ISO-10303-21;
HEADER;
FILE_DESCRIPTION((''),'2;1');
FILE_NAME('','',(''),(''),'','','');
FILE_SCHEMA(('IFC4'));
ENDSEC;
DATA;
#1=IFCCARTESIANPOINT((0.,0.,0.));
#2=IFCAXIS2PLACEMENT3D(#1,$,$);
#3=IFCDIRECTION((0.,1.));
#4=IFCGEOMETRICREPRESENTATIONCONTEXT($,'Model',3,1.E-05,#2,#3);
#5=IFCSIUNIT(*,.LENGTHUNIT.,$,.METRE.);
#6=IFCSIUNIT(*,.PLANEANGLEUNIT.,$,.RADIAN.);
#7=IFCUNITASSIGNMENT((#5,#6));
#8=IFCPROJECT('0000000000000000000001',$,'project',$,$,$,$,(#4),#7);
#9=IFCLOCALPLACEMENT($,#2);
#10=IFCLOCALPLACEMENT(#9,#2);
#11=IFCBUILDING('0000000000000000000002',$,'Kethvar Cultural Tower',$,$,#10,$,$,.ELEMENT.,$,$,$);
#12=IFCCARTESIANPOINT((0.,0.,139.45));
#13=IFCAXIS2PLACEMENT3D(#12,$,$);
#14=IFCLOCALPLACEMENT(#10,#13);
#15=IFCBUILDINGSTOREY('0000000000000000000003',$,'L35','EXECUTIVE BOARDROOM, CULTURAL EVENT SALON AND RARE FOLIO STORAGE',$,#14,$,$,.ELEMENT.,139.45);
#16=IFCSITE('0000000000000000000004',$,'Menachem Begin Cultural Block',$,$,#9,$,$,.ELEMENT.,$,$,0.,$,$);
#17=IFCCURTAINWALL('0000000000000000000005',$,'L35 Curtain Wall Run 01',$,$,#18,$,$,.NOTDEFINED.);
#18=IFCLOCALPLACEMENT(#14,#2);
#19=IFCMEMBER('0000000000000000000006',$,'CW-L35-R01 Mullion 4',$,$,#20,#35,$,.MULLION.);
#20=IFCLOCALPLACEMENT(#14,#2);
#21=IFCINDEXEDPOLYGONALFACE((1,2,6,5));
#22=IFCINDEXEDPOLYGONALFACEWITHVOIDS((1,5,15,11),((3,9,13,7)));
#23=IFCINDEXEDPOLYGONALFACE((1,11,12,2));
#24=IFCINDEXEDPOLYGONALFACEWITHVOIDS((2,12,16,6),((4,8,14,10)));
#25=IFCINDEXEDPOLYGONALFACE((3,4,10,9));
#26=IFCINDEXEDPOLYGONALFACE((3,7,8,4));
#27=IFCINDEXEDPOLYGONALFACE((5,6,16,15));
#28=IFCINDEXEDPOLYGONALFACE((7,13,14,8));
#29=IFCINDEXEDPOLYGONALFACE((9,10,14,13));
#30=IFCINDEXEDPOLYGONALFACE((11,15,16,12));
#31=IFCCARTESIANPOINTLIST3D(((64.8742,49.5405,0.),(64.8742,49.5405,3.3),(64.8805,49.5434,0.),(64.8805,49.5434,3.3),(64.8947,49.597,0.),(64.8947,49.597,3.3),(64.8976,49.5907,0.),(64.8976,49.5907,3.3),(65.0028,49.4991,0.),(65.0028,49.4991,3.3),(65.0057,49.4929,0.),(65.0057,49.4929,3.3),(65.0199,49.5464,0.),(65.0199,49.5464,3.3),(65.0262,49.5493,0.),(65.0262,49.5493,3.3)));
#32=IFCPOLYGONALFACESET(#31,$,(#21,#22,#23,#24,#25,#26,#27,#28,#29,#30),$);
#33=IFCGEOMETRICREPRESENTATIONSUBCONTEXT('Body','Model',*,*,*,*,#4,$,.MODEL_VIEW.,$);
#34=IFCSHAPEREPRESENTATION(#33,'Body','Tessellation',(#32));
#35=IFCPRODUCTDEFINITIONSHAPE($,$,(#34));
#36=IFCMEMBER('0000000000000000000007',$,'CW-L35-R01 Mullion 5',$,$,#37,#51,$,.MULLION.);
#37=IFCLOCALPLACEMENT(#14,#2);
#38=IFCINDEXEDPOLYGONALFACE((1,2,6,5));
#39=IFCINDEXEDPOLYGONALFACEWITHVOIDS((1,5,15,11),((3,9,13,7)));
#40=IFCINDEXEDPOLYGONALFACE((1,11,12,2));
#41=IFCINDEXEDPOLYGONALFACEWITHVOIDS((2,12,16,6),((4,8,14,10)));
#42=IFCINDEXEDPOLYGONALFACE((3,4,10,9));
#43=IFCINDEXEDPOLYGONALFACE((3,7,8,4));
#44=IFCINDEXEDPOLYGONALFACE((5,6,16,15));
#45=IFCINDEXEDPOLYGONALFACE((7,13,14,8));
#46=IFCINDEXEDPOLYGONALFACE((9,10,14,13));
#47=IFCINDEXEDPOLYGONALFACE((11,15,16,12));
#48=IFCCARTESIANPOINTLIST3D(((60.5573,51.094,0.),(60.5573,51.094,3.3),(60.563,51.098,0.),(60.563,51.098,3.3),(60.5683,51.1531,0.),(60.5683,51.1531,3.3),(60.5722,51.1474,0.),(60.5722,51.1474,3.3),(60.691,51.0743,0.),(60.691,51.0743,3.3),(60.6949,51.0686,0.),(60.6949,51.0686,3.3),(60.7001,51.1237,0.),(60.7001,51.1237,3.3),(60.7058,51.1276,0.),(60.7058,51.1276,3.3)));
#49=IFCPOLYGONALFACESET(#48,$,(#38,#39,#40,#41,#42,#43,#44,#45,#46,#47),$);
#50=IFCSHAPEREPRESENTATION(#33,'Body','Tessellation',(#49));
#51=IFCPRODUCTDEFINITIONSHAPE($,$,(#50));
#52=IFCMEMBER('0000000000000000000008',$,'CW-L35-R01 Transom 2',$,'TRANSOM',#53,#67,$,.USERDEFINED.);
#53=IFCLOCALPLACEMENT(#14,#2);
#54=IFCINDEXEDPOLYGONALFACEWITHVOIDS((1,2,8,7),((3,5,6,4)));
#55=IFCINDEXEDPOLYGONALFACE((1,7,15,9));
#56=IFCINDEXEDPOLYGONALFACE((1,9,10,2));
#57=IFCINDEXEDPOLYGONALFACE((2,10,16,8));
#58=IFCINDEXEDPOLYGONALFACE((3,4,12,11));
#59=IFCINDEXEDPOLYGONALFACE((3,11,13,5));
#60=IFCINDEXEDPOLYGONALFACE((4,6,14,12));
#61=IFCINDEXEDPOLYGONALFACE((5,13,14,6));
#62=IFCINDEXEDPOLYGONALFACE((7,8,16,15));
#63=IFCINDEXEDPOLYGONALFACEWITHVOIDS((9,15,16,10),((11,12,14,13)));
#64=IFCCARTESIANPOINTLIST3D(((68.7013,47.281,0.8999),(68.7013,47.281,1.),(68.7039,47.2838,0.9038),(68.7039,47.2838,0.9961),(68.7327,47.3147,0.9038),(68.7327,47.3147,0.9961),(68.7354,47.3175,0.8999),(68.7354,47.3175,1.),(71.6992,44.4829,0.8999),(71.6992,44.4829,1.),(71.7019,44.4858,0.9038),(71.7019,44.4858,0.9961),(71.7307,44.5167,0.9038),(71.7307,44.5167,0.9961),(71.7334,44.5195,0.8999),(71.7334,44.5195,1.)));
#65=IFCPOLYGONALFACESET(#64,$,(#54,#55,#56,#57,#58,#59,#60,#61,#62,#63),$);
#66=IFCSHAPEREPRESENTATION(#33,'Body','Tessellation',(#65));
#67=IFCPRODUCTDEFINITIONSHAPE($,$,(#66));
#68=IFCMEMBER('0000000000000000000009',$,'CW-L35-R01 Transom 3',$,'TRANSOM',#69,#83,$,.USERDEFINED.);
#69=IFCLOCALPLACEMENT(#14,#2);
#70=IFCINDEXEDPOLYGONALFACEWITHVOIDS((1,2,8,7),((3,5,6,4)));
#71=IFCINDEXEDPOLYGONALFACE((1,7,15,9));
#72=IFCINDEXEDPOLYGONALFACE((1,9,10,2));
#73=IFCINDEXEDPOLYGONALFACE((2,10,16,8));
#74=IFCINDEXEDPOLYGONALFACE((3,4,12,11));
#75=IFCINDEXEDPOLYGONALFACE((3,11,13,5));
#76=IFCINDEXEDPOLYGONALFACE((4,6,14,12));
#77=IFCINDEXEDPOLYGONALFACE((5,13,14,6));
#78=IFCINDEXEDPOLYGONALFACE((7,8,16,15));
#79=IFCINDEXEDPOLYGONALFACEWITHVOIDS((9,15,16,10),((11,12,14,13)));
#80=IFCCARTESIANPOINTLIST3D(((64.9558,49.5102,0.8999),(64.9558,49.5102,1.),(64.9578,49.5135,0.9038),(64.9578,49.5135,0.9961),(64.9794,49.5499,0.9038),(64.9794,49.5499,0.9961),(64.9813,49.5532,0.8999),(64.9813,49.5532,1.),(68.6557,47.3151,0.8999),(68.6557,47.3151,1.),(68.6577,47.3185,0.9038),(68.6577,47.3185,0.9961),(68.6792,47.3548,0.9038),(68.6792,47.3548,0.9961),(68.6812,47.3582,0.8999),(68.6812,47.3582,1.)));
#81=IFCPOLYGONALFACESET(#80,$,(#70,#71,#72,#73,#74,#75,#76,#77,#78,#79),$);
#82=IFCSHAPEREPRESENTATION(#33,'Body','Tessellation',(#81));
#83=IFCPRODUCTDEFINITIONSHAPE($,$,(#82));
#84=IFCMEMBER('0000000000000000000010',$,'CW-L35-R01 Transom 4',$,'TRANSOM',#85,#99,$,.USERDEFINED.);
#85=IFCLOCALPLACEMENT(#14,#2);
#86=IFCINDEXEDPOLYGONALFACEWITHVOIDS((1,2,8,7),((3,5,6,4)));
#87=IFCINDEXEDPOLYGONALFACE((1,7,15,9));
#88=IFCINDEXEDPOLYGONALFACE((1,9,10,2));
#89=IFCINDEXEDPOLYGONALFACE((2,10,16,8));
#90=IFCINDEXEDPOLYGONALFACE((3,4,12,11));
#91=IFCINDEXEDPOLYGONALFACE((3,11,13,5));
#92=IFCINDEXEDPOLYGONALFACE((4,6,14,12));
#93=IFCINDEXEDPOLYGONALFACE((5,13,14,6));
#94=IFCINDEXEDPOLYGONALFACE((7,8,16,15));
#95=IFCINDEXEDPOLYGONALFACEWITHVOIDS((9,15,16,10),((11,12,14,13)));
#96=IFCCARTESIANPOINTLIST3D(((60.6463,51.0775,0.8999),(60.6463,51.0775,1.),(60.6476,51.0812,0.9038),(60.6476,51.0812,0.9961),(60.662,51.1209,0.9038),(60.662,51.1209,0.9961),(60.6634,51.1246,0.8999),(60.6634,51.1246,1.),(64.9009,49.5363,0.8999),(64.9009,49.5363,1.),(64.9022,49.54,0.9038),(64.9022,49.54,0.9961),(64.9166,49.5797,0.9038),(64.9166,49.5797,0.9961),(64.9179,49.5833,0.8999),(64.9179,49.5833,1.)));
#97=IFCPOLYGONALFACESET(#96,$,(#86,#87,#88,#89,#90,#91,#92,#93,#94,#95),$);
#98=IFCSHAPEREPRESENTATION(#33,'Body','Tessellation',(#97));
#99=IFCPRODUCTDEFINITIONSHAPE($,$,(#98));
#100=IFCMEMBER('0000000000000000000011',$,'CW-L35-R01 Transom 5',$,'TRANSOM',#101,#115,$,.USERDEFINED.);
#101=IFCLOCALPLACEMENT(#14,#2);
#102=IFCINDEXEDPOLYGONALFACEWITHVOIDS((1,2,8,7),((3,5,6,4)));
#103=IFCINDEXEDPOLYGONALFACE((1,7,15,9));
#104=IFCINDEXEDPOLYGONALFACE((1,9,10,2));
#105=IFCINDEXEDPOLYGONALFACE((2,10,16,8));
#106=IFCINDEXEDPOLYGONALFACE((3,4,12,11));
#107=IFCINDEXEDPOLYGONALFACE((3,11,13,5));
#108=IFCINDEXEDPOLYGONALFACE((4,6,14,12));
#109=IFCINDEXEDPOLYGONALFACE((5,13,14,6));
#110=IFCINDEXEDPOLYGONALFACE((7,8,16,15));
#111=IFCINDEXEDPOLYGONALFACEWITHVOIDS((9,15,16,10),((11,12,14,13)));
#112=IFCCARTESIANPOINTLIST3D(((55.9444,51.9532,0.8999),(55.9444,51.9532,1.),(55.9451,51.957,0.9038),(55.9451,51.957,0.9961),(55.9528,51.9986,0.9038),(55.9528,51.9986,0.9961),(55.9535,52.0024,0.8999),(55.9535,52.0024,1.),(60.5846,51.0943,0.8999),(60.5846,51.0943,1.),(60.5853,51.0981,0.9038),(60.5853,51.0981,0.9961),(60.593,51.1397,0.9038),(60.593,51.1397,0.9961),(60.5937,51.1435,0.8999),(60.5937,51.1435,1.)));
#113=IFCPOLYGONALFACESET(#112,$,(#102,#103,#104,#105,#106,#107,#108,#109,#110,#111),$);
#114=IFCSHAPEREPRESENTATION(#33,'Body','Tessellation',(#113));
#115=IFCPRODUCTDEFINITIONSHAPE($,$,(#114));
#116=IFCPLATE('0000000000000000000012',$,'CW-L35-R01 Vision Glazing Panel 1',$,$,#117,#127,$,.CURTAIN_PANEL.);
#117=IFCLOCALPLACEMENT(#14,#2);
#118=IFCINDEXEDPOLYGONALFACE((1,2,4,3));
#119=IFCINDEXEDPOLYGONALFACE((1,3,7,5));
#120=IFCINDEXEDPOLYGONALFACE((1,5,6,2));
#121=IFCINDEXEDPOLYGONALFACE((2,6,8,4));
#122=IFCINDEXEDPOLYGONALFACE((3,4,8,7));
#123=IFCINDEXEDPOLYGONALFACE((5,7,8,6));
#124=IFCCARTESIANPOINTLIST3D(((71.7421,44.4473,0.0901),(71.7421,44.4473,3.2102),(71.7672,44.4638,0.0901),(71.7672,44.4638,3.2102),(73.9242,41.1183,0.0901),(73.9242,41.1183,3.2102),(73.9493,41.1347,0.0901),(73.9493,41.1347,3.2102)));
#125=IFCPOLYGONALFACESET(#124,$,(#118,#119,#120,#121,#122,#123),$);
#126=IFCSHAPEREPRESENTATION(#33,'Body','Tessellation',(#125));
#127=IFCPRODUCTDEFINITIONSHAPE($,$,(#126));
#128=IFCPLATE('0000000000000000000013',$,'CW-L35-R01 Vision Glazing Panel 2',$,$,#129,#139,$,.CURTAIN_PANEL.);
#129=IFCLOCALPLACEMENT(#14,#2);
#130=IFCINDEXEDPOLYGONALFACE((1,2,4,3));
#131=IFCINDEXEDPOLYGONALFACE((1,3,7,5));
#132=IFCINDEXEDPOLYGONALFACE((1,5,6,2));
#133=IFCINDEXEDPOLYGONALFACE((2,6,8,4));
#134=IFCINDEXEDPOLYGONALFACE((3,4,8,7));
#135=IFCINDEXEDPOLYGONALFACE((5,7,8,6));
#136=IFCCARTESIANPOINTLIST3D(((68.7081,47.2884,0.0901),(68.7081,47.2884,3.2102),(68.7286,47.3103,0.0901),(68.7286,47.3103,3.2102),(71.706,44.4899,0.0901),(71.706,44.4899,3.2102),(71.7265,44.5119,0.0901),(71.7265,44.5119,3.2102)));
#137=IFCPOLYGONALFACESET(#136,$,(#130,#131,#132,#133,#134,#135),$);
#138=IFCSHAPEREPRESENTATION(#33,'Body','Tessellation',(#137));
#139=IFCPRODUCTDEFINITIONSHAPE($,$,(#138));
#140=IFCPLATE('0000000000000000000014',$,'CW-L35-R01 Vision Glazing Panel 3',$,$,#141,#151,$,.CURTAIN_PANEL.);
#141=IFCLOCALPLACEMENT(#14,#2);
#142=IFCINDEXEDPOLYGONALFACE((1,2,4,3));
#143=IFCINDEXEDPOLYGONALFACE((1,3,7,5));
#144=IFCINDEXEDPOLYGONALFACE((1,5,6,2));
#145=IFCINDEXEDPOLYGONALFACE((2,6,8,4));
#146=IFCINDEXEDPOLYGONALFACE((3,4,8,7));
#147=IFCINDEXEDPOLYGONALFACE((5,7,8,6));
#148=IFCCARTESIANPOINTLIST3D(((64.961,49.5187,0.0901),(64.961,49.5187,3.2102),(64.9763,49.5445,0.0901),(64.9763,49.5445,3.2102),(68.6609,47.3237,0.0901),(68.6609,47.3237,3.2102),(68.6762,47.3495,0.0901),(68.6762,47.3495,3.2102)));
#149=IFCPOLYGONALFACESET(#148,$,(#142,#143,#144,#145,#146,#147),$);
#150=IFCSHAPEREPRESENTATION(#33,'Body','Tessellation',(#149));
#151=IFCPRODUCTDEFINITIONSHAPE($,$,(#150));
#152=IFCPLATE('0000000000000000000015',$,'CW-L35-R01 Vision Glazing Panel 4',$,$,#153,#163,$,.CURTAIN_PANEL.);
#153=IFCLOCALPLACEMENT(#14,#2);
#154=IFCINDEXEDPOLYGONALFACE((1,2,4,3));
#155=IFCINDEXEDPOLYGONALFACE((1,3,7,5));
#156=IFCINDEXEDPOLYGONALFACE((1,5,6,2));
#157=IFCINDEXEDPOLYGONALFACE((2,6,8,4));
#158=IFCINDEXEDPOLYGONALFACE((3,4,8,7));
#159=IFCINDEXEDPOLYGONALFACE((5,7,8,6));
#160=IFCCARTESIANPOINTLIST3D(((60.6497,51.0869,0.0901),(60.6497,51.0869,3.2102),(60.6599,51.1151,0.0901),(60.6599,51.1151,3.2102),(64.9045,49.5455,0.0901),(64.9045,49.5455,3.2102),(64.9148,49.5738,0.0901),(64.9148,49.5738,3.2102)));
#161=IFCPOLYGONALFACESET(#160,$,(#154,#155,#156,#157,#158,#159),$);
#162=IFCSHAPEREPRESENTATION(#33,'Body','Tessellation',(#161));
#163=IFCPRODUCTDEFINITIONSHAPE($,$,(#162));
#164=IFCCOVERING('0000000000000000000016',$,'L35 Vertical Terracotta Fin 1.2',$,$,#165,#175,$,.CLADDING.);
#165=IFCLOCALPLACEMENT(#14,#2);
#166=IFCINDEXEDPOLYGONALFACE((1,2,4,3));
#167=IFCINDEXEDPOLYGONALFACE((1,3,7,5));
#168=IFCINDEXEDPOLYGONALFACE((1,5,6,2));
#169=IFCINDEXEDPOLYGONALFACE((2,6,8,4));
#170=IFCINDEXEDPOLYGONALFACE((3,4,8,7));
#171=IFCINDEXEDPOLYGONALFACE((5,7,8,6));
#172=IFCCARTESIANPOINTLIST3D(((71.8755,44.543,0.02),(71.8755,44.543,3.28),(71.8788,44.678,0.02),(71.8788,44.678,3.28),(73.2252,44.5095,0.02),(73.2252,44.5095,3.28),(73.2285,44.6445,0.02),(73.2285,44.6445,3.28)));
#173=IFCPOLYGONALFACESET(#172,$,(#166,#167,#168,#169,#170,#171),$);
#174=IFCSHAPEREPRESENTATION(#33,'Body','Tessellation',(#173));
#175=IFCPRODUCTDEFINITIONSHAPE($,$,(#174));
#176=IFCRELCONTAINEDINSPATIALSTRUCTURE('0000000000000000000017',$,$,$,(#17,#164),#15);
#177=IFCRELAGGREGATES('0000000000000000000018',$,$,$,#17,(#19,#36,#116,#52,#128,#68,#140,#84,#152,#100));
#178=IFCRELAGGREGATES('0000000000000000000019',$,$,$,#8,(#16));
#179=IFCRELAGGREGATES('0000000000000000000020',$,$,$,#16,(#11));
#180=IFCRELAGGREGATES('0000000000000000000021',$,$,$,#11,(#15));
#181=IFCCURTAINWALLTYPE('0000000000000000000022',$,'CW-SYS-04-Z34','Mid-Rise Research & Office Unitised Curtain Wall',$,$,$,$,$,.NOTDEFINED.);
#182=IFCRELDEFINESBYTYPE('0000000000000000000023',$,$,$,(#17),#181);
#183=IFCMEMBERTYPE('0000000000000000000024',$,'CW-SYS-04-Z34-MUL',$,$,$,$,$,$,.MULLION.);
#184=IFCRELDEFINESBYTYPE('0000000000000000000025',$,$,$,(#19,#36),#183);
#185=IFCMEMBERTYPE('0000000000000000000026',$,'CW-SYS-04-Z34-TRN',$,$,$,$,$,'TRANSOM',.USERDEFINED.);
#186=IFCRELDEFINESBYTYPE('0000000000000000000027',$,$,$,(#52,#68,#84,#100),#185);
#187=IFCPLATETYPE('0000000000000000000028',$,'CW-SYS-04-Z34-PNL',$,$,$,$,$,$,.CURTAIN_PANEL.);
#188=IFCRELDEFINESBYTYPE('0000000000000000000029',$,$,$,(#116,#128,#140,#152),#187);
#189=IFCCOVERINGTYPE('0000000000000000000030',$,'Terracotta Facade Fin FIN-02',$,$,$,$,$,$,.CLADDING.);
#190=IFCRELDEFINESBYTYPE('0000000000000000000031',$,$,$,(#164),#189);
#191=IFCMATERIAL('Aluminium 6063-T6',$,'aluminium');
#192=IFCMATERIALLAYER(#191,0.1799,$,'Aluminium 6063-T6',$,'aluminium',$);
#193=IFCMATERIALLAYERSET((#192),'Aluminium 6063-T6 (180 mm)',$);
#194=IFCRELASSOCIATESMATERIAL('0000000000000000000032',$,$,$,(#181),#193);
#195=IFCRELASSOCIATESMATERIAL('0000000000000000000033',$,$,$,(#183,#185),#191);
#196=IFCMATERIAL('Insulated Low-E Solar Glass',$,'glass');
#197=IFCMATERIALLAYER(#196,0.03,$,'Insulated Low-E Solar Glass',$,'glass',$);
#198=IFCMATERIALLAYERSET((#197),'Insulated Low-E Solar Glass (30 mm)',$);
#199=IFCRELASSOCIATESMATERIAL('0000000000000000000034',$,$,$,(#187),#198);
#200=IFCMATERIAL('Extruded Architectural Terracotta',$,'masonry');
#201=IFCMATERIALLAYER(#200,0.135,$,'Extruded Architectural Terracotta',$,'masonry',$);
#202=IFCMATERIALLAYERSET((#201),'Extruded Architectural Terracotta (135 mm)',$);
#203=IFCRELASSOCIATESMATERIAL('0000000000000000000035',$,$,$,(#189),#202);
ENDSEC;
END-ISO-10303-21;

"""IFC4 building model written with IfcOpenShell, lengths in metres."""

from ifc_helpers import new_model, si_unit, direction, frame, origin, origin_2d, place, context, subcontext, project, spatial, rectangle, hollow_rectangle, extrude, source, transform, mapped, material, layer, layer_set, material_profile, profile_set, type_object, element, aggregate, save


model = new_model("IFC4")

# Units and contexts
model_context = context("Model", 3, precision=1e-05, world=origin(), true_north=direction((0.0, 1.0)))
body_context = subcontext(model_context, "Body", "Model", "MODEL_VIEW")
ifc_project = project(units=[si_unit("LENGTHUNIT", "METRE"), si_unit("PLANEANGLEUNIT", "RADIAN")], contexts=[model_context])

# Site, building, storey
site_placement = place(None, origin())
site = spatial("IfcSite", under=ifc_project, at=site_placement, Name="Menachem Begin Cultural Block", CompositionType="ELEMENT", RefElevation=0.0)
building_placement = place(site_placement, origin())
building = spatial("IfcBuilding", under=site, at=building_placement, Name="Kethvar Cultural Tower", CompositionType="ELEMENT")
storey_placement = place(building_placement, frame((0.0, 0.0, 139.45)))
storey = spatial("IfcBuildingStorey", under=building, at=storey_placement, Name="L35", Description="EXECUTIVE BOARDROOM, CULTURAL EVENT SALON AND RARE FOLIO STORAGE", CompositionType="ELEMENT", Elevation=139.45)

# Curtain wall, members, plates
ifc_material_1 = material(Name="Aluminium 6063-T6", Category="aluminium")
ifc_layer_1 = layer(ifc_material_1, 0.1799, Name="Aluminium 6063-T6", Category="aluminium")
ifc_layer_set_1 = layer_set([ifc_layer_1], Name="Aluminium 6063-T6 (180 mm)")
curtain_wall_type = type_object("IfcCurtainWallType", Name="CW-SYS-04-Z34", Description="Mid-Rise Research & Office Unitised Curtain Wall", PredefinedType="NOTDEFINED", material=ifc_layer_set_1)
curtain_wall_placement = place(storey_placement, origin())
curtain_wall = element("IfcCurtainWall", 1, at=curtain_wall_placement, inside=storey, type_object=curtain_wall_type, Name="L35 Curtain Wall Run 01", PredefinedType="NOTDEFINED")
ifc_material_profile_1 = material_profile(ifc_material_1, hollow_rectangle(XDim=0.0601, YDim=0.1399, WallThickness=0.0049, at=origin_2d()), Name="Aluminium 6063-T6 — RHS140x60x5")
ifc_profile_set_1 = profile_set([ifc_material_profile_1], Name="Aluminium 6063-T6 — RHS140x60x5")
member_type_1 = type_object("IfcMemberType", Name="CW-SYS-04-Z34-MUL", PredefinedType="MULLION", material=ifc_profile_set_1)
shared_shape_1 = source(origin(), body_context, "Body", "SweptSolid", [
    extrude(hollow_rectangle(XDim=0.0601, YDim=0.1399, WallThickness=0.0049, at=origin_2d()), origin(), (0.0, 0.0, 1.0), 3.3),
])
member_1_placement = place(storey_placement, frame((64.9502, 49.5449, 0.0), z_axis=(0.0, 0.0, 1.0), x_axis=(-0.340593, -0.940211, 0.0)))
member_1 = element("IfcMember", 2, at=member_1_placement, type_object=member_type_1, Name="CW-L35-R01 Mullion 4", PredefinedType="MULLION", context=body_context, shape_type="MappedRepresentation", body=[
    mapped(shared_shape_1, transform((0.0, 0.0, 0.0), scale=1.0)),
])
member_2_placement = place(storey_placement, frame((60.6316, 51.1108, 0.0), z_axis=(0.0, 0.0, 1.0), x_axis=(-0.181995, -0.983299, 0.0)))
member_2 = element("IfcMember", 3, at=member_2_placement, type_object=member_type_1, Name="CW-L35-R01 Mullion 5", PredefinedType="MULLION", context=body_context, shape_type="MappedRepresentation", body=[
    mapped(shared_shape_1, transform((0.0, 0.0, 0.0), scale=1.0)),
])
ifc_material_profile_2 = material_profile(ifc_material_1, hollow_rectangle(XDim=0.05, YDim=0.1001, WallThickness=0.0039, at=origin_2d()), Name="Aluminium 6063-T6 — RHS100x50x4")
ifc_profile_set_2 = profile_set([ifc_material_profile_2], Name="Aluminium 6063-T6 — RHS100x50x4")
member_type_2 = type_object("IfcMemberType", Name="CW-SYS-04-Z34-TRN", ElementType="TRANSOM", PredefinedType="USERDEFINED", material=ifc_profile_set_2)
shared_shape_2 = source(origin(), body_context, "Body", "SweptSolid", [
    extrude(hollow_rectangle(XDim=0.05, YDim=0.1001, WallThickness=0.0039, at=origin_2d()), origin(), (0.0, 0.0, 1.0), 4.1008),
])
member_3_placement = place(storey_placement, frame((71.7163, 44.5012, 0.95), z_axis=(-0.731065, 0.682308, 0.0), x_axis=(-0.682308, -0.731065, 0.0)))
member_3 = element("IfcMember", 4, at=member_3_placement, type_object=member_type_2, Name="CW-L35-R01 Transom 2", ObjectType="TRANSOM", PredefinedType="USERDEFINED", context=body_context, shape_type="MappedRepresentation", body=[
    mapped(shared_shape_2, transform((0.0, 0.0, 0.0), scale=1.0)),
])
shared_shape_3 = source(origin(), body_context, "Body", "SweptSolid", [
    extrude(hollow_rectangle(XDim=0.05, YDim=0.1001, WallThickness=0.0039, at=origin_2d()), origin(), (0.0, 0.0, 1.0), 4.302),
])
member_4_placement = place(storey_placement, frame((68.6685, 47.3367, 0.95), z_axis=(-0.860036, 0.510233, 0.0), x_axis=(-0.510233, -0.860036, 0.0)))
member_4 = element("IfcMember", 5, at=member_4_placement, type_object=member_type_2, Name="CW-L35-R01 Transom 3", ObjectType="TRANSOM", PredefinedType="USERDEFINED", context=body_context, shape_type="MappedRepresentation", body=[
    mapped(shared_shape_3, transform((0.0, 0.0, 0.0), scale=1.0)),
])
shared_shape_4 = source(origin(), body_context, "Body", "SweptSolid", [
    extrude(hollow_rectangle(XDim=0.05, YDim=0.1001, WallThickness=0.0039, at=origin_2d()), origin(), (0.0, 0.0, 1.0), 4.5251),
])
member_5_placement = place(storey_placement, frame((64.9094, 49.5598, 0.95), z_axis=(-0.94021, 0.340595, 0.0), x_axis=(-0.340595, -0.94021, 0.0)))
member_5 = element("IfcMember", 6, at=member_5_placement, type_object=member_type_2, Name="CW-L35-R01 Transom 4", ObjectType="TRANSOM", PredefinedType="USERDEFINED", context=body_context, shape_type="MappedRepresentation", body=[
    mapped(shared_shape_4, transform((0.0, 0.0, 0.0), scale=1.0)),
])
shared_shape_5 = source(origin(), body_context, "Body", "SweptSolid", [
    extrude(hollow_rectangle(XDim=0.05, YDim=0.1001, WallThickness=0.0039, at=origin_2d()), origin(), (0.0, 0.0, 1.0), 4.719),
])
member_6_placement = place(storey_placement, frame((60.5891, 51.1189, 0.95), z_axis=(-0.983297, 0.182008, 0.0), x_axis=(-0.182008, -0.983297, 0.0)))
member_6 = element("IfcMember", 7, at=member_6_placement, type_object=member_type_2, Name="CW-L35-R01 Transom 5", ObjectType="TRANSOM", PredefinedType="USERDEFINED", context=body_context, shape_type="MappedRepresentation", body=[
    mapped(shared_shape_5, transform((0.0, 0.0, 0.0), scale=1.0)),
])
ifc_material_2 = material(Name="Insulated Low-E Solar Glass", Category="glass")
ifc_layer_2 = layer(ifc_material_2, 0.03, Name="Insulated Low-E Solar Glass", Category="glass")
ifc_layer_set_2 = layer_set([ifc_layer_2], Name="Insulated Low-E Solar Glass (30 mm)")
plate_type = type_object("IfcPlateType", Name="CW-SYS-04-Z34-PNL", PredefinedType="CURTAIN_PANEL", material=ifc_layer_set_2)
shared_shape_6 = source(origin(), body_context, "Body", "SweptSolid", [
    extrude(rectangle(XDim=3.9805, YDim=0.03, at=origin_2d()), origin(), (0.0, 0.0, 1.0), 3.1201),
])
plate_1_placement = place(storey_placement, frame((72.8457, 42.791, 0.0901), z_axis=(0.0, 0.0, 1.0), x_axis=(-0.548206, 0.836344, 0.0)))
plate_1 = element("IfcPlate", 8, at=plate_1_placement, type_object=plate_type, Name="CW-L35-R01 Vision Glazing Panel 1", PredefinedType="CURTAIN_PANEL", context=body_context, shape_type="MappedRepresentation", body=[
    mapped(shared_shape_6, transform((0.0, 0.0, 0.0), scale=1.0)),
])
shared_shape_7 = source(origin(), body_context, "Body", "SweptSolid", [
    extrude(rectangle(XDim=4.1011, YDim=0.03, at=origin_2d()), origin(), (0.0, 0.0, 1.0), 3.1201),
])
plate_2_placement = place(storey_placement, frame((70.2173, 45.9001, 0.0901), z_axis=(0.0, 0.0, 1.0), x_axis=(-0.731008, 0.682368, 0.0)))
plate_2 = element("IfcPlate", 9, at=plate_2_placement, type_object=plate_type, Name="CW-L35-R01 Vision Glazing Panel 2", PredefinedType="CURTAIN_PANEL", context=body_context, shape_type="MappedRepresentation", body=[
    mapped(shared_shape_7, transform((0.0, 0.0, 0.0), scale=1.0)),
])
shared_shape_8 = source(origin(), body_context, "Body", "SweptSolid", [
    extrude(rectangle(XDim=4.302, YDim=0.03, at=origin_2d()), origin(), (0.0, 0.0, 1.0), 3.1201),
])
plate_3_placement = place(storey_placement, frame((66.8186, 48.4341, 0.0901), z_axis=(0.0, 0.0, 1.0), x_axis=(-0.860039, 0.510228, 0.0)))
plate_3 = element("IfcPlate", 10, at=plate_3_placement, type_object=plate_type, Name="CW-L35-R01 Vision Glazing Panel 3", PredefinedType="CURTAIN_PANEL", context=body_context, shape_type="MappedRepresentation", body=[
    mapped(shared_shape_8, transform((0.0, 0.0, 0.0), scale=1.0)),
])
shared_shape_9 = source(origin(), body_context, "Body", "SweptSolid", [
    extrude(rectangle(XDim=4.5254, YDim=0.03, at=origin_2d()), origin(), (0.0, 0.0, 1.0), 3.1201),
])
plate_4_placement = place(storey_placement, frame((62.7822, 50.3303, 0.0901), z_axis=(0.0, 0.0, 1.0), x_axis=(-0.940211, 0.340593, 0.0)))
plate_4 = element("IfcPlate", 11, at=plate_4_placement, type_object=plate_type, Name="CW-L35-R01 Vision Glazing Panel 4", PredefinedType="CURTAIN_PANEL", context=body_context, shape_type="MappedRepresentation", body=[
    mapped(shared_shape_9, transform((0.0, 0.0, 0.0), scale=1.0)),
])
aggregate(curtain_wall, [member_1, member_2, plate_1, member_3, plate_2, member_4, plate_3, member_5, plate_4, member_6])

# Covering
ifc_material_3 = material(Name="Extruded Architectural Terracotta", Category="masonry")
ifc_layer_3 = layer(ifc_material_3, 0.135, Name="Extruded Architectural Terracotta", Category="masonry")
ifc_layer_set_3 = layer_set([ifc_layer_3], Name="Extruded Architectural Terracotta (135 mm)")
covering_type = type_object("IfcCoveringType", Name="Terracotta Facade Fin FIN-02", PredefinedType="CLADDING", material=ifc_layer_set_3)
shared_shape_10 = source(origin(), body_context, "Body", "SweptSolid", [
    extrude(rectangle(XDim=1.3501, YDim=0.135, at=origin_2d()), origin(), (0.0, 0.0, 1.0), 3.26),
])
for number, where, z_axis, x_axis, name in (
    (12, (72.552, 44.5938, 0.02), (0.0, 0.0, 1.0), (0.999693, -0.024781, 0.0), "L35 Vertical Terracotta Fin 1.2"),
):
    element("IfcCovering", number, at=place(storey_placement, frame(where, z_axis=z_axis, x_axis=x_axis)), inside=storey, type_object=covering_type, Name=name, PredefinedType="CLADDING", context=body_context, shape_type="MappedRepresentation", body=[
        mapped(shared_shape_10, transform((0.0, 0.0, 0.0), scale=1.0)),
    ])

save(model, "model.ifc")
